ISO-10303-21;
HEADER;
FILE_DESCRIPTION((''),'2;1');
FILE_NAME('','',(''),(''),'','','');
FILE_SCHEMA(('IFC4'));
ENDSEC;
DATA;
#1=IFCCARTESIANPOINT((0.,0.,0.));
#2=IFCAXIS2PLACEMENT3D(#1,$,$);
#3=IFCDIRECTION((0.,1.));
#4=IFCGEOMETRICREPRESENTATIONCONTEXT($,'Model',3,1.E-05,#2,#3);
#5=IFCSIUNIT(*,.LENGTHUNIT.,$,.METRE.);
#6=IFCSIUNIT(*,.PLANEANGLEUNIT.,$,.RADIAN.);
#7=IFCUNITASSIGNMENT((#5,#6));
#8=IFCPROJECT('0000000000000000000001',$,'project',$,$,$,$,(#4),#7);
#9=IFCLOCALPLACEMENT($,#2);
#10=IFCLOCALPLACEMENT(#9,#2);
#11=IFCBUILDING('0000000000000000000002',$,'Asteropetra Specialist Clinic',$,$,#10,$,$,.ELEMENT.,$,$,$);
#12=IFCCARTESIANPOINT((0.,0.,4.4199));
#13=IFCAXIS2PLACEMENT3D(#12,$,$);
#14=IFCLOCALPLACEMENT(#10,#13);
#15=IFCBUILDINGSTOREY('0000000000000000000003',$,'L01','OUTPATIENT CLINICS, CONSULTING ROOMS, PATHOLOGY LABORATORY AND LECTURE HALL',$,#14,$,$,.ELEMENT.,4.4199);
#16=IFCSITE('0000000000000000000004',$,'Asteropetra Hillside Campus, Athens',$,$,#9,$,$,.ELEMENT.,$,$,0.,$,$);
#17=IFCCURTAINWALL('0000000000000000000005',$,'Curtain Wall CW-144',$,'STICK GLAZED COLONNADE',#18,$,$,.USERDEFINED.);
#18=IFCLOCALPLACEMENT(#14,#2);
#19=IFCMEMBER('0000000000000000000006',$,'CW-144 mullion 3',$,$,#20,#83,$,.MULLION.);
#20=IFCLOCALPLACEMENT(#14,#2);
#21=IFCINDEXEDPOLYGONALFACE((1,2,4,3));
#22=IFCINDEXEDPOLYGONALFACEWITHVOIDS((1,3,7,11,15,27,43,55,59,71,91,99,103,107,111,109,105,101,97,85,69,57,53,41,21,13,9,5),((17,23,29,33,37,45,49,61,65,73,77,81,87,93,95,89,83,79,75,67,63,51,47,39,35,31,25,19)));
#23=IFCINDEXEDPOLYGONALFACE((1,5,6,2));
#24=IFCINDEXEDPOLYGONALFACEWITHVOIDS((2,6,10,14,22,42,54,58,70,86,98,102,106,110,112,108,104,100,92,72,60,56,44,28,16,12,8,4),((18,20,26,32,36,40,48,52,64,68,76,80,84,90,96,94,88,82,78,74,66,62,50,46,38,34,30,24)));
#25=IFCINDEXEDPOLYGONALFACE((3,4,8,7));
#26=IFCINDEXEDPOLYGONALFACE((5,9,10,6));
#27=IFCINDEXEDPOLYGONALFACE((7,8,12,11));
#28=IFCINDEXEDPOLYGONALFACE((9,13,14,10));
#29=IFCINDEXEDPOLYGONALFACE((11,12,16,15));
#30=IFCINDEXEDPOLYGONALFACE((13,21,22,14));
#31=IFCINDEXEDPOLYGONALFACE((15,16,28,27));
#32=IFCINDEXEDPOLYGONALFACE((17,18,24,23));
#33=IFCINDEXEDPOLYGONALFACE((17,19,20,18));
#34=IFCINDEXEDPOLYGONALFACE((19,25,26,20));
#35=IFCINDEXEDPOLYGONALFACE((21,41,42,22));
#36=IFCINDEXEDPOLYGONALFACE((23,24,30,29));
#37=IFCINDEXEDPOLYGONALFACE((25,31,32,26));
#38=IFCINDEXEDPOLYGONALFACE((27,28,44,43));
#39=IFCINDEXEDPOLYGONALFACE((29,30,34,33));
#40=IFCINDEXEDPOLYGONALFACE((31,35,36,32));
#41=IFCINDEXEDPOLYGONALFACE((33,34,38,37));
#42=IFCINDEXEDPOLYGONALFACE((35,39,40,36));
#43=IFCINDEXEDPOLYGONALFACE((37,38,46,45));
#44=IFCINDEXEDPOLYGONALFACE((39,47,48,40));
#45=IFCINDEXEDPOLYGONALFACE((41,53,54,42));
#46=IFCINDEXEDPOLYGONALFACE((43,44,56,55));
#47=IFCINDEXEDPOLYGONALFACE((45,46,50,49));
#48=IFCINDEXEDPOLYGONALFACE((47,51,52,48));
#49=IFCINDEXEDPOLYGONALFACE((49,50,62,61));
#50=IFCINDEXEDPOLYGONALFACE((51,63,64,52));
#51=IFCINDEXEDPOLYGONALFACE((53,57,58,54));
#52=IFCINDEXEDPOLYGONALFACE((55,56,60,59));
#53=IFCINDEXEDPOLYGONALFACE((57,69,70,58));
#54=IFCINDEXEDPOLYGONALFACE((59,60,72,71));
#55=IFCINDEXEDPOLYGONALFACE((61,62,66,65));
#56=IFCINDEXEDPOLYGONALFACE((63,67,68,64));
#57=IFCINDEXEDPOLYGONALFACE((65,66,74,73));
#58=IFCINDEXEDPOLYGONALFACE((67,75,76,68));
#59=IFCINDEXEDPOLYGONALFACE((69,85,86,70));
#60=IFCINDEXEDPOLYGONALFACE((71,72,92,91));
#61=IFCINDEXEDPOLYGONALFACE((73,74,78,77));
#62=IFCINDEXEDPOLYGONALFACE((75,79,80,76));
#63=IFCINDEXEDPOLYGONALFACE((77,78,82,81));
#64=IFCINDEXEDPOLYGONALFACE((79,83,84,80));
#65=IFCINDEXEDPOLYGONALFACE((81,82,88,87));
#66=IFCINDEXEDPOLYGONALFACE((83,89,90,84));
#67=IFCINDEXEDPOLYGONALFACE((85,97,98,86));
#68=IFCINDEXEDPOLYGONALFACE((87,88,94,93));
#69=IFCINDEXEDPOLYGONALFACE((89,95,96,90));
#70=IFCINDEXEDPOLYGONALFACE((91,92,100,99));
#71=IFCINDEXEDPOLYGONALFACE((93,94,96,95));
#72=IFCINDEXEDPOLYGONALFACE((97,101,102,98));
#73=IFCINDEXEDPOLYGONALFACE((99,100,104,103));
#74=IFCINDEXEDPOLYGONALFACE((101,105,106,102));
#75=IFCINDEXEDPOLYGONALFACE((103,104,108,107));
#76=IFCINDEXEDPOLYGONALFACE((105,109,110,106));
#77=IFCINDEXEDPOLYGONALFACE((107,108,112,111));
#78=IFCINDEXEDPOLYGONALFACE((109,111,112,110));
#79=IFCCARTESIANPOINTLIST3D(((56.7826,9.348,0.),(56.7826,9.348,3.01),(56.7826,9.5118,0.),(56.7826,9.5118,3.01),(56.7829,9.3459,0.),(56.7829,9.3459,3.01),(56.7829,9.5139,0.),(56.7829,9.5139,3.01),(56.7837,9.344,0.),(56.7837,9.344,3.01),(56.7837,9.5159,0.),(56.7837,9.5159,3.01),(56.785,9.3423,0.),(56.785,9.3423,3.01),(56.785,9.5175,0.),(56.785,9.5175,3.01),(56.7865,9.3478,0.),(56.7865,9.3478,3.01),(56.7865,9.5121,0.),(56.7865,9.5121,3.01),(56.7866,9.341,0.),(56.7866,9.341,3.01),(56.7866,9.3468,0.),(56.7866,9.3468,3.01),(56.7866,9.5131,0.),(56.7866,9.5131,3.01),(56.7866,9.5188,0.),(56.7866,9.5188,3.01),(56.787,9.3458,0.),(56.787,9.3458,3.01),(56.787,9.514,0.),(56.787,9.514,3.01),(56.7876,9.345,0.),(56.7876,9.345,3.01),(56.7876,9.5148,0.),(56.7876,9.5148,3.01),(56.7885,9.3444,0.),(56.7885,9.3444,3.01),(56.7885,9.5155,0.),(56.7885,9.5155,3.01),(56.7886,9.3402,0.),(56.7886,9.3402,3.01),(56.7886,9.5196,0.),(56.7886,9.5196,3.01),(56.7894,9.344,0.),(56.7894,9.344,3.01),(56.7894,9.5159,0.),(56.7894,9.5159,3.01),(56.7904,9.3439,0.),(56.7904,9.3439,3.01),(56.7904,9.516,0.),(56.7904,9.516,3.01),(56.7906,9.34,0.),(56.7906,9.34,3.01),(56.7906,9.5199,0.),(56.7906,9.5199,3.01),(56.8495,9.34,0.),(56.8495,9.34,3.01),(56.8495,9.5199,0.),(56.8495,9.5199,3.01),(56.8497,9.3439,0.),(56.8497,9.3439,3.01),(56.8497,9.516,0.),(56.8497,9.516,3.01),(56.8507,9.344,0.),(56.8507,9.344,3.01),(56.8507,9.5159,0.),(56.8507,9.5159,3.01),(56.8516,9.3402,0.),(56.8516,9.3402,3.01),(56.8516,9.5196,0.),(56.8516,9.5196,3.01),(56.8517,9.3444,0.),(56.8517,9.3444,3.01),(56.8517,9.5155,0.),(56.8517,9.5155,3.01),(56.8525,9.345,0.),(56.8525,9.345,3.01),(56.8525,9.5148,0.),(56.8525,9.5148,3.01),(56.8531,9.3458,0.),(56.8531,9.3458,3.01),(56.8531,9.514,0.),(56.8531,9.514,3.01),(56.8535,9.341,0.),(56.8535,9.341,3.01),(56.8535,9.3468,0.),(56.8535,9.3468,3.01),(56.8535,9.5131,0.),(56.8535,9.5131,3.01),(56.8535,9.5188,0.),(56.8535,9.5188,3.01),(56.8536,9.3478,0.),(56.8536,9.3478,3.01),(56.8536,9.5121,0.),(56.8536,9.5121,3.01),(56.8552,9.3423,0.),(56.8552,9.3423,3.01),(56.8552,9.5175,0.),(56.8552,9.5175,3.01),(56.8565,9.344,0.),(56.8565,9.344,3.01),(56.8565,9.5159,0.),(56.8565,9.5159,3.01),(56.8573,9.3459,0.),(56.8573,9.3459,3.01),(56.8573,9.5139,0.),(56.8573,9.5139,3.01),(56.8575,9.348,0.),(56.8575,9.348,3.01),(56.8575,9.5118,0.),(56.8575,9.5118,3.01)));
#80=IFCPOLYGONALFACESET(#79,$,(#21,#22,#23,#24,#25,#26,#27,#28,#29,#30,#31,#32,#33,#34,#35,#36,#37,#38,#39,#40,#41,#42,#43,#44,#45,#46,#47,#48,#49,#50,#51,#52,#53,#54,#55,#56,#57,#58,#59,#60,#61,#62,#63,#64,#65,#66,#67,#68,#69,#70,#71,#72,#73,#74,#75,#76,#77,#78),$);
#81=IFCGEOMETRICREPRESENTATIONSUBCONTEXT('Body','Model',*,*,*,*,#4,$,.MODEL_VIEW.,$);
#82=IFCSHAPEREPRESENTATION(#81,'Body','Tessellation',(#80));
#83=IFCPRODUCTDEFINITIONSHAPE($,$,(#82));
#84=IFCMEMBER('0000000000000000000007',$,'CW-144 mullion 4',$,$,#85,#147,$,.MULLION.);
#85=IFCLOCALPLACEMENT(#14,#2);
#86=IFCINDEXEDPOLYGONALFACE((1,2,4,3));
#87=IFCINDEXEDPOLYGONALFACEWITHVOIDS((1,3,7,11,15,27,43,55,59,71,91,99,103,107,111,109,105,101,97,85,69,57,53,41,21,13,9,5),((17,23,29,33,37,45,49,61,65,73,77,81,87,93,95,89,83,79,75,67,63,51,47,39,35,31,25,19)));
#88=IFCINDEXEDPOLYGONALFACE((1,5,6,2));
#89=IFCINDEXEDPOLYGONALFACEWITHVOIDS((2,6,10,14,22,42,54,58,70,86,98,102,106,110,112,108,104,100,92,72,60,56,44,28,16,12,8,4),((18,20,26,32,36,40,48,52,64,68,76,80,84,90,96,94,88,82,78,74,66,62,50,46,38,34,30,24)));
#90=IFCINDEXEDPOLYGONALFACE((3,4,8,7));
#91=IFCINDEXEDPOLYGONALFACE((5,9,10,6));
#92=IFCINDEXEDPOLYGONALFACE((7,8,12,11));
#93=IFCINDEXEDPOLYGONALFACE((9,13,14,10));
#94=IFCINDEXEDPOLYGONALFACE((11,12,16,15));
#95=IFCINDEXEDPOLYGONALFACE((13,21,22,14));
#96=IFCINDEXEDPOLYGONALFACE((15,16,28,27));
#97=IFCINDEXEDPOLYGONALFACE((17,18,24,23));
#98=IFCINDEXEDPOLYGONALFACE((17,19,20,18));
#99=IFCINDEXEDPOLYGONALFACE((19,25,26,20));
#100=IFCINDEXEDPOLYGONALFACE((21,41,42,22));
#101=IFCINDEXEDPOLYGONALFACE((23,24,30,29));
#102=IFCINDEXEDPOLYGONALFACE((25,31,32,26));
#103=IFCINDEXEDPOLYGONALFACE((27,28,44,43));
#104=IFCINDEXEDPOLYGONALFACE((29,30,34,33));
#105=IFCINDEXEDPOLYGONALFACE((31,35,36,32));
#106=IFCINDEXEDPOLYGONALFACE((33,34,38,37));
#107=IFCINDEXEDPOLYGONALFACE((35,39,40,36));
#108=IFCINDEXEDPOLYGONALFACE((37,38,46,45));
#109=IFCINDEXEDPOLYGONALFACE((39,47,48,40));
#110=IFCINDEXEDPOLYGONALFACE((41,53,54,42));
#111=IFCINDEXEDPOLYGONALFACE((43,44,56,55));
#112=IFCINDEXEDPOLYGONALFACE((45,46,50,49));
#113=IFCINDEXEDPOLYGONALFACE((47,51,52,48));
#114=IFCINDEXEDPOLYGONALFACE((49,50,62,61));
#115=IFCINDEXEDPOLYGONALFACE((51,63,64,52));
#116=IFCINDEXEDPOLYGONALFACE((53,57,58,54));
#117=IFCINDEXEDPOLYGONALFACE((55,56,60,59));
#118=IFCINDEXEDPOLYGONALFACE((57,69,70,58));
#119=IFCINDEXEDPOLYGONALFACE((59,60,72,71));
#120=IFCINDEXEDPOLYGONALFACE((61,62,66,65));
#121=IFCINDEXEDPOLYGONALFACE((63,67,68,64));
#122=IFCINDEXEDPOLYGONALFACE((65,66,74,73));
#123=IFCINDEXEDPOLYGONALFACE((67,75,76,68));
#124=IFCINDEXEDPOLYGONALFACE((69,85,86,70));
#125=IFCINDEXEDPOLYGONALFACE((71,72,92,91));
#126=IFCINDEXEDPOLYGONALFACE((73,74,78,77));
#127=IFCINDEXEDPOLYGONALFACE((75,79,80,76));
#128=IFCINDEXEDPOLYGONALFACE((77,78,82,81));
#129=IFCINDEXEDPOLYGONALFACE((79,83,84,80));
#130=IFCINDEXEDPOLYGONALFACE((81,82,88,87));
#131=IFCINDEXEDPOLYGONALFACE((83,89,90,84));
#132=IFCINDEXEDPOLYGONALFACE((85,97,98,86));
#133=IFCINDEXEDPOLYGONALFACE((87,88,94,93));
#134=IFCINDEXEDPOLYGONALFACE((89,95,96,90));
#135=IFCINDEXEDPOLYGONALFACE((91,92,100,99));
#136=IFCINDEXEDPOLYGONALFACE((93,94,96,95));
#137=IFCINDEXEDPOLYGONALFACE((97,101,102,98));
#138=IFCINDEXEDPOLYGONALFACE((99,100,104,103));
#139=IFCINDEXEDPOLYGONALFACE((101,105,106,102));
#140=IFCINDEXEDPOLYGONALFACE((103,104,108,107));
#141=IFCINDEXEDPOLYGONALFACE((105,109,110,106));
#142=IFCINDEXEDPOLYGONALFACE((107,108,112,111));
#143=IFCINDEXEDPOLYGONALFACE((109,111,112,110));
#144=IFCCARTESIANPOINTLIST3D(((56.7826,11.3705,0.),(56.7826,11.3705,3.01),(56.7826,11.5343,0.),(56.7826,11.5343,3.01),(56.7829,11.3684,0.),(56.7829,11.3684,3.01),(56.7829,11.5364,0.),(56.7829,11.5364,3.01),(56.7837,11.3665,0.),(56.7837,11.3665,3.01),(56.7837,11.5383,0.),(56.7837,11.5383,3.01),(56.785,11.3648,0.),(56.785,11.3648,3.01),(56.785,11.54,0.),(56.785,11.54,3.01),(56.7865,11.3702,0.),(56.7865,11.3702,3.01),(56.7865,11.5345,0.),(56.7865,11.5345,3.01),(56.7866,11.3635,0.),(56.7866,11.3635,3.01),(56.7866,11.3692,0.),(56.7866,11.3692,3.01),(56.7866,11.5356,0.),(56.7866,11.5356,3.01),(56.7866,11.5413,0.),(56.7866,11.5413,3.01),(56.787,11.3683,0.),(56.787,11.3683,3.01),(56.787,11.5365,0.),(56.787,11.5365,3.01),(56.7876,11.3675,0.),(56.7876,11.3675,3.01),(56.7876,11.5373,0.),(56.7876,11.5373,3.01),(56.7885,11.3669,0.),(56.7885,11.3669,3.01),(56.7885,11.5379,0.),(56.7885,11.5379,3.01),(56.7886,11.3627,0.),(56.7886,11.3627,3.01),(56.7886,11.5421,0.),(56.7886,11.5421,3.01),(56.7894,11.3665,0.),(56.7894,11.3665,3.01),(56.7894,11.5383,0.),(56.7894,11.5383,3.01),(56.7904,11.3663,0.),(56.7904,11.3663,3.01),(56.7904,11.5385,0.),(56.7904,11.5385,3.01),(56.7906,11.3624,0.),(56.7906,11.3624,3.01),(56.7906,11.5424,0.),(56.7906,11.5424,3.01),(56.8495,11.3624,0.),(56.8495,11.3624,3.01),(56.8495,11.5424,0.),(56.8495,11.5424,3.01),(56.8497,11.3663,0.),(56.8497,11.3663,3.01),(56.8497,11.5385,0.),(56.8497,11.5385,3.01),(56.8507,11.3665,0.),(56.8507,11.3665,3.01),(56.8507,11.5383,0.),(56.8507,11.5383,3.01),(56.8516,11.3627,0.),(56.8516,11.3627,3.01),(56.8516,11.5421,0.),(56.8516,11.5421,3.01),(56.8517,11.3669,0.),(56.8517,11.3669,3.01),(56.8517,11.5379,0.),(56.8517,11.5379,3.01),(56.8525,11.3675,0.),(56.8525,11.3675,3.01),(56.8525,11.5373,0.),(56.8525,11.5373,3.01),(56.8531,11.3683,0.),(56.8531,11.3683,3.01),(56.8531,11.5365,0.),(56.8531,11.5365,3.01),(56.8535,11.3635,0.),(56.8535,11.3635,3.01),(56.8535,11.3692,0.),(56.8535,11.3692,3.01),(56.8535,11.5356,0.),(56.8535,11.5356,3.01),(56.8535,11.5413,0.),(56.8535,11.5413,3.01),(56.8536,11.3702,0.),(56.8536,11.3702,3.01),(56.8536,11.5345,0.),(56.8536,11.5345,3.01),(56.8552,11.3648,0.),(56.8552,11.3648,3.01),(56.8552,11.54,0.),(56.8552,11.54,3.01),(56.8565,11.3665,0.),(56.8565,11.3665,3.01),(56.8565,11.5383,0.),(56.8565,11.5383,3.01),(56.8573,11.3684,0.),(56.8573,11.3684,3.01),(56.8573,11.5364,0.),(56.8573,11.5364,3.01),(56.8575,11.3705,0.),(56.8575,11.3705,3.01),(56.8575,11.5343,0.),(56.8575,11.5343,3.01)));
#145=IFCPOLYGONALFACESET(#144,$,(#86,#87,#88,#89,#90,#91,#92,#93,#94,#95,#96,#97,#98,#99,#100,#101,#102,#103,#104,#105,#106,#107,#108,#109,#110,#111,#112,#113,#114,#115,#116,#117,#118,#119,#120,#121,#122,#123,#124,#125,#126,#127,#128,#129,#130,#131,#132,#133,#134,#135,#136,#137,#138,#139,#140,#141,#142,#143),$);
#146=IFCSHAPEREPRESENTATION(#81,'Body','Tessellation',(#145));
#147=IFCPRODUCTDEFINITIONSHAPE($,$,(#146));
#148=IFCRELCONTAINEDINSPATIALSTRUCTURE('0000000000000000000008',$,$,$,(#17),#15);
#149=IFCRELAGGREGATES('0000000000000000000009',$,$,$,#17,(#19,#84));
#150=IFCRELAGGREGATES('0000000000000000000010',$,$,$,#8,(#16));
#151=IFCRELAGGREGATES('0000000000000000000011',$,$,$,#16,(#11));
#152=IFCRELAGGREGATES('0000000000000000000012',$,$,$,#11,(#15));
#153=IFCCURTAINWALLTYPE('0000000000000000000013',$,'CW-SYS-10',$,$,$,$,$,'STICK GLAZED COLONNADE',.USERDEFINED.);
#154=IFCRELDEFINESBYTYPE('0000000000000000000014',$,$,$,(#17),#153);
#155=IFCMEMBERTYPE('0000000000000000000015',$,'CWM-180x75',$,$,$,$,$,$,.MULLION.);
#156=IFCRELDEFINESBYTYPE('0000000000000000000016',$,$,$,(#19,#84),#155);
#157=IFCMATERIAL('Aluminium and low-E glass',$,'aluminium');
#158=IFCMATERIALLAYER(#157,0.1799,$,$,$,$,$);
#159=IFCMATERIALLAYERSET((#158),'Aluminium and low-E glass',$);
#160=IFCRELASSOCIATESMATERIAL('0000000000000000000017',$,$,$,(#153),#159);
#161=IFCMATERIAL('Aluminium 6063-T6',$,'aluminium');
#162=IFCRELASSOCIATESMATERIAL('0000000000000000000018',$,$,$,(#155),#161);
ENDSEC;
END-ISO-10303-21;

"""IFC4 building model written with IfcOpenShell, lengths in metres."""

from ifc_helpers import new_model, si_unit, direction, frame, origin, origin_2d, place, context, subcontext, project, spatial, hollow_rectangle, extrude, material, layer, layer_set, material_profile, profile_set, type_object, element, aggregate, save


model = new_model("IFC4")

# Units and contexts
model_context = context("Model", 3, precision=1e-05, world=origin(), true_north=direction((0.0, 1.0)))
body_context = subcontext(model_context, "Body", "Model", "MODEL_VIEW")
ifc_project = project(units=[si_unit("LENGTHUNIT", "METRE"), si_unit("PLANEANGLEUNIT", "RADIAN")], contexts=[model_context])

# Site, building, storey
site_placement = place(None, origin())
site = spatial("IfcSite", under=ifc_project, at=site_placement, Name="Asteropetra Hillside Campus, Athens", CompositionType="ELEMENT", RefElevation=0.0)
building_placement = place(site_placement, origin())
building = spatial("IfcBuilding", under=site, at=building_placement, Name="Asteropetra Specialist Clinic", CompositionType="ELEMENT")
storey_placement = place(building_placement, frame((0.0, 0.0, 4.4199)))
storey = spatial("IfcBuildingStorey", under=building, at=storey_placement, Name="L01", Description="OUTPATIENT CLINICS, CONSULTING ROOMS, PATHOLOGY LABORATORY AND LECTURE HALL", CompositionType="ELEMENT", Elevation=4.4199)

# Shared definitions
ifc_material_1 = material(Name="Aluminium and low-E glass", Category="aluminium")
ifc_layer_1 = layer(ifc_material_1, 0.1799)
ifc_layer_set_1 = layer_set([ifc_layer_1], Name="Aluminium and low-E glass")
curtain_wall_type = type_object("IfcCurtainWallType", Name="CW-SYS-10", ElementType="STICK GLAZED COLONNADE", PredefinedType="USERDEFINED", material=ifc_layer_set_1)

# Curtain wall, members
curtain_wall_1_placement = place(storey_placement, origin())
curtain_wall_1 = element("IfcCurtainWall", 1, at=curtain_wall_1_placement, inside=storey, type_object=curtain_wall_type, Name="Curtain Wall CW-144", ObjectType="STICK GLAZED COLONNADE", PredefinedType="USERDEFINED")
ifc_material_2 = material(Name="Aluminium 6063-T6", Category="aluminium")
ifc_material_profile_1 = material_profile(ifc_material_2, hollow_rectangle(XDim=0.075, YDim=0.1799, WallThickness=0.0039, InnerFilletRadius=0.0039, OuterFilletRadius=0.0081, at=origin_2d()), Name="MUL 180x75x4.0")
ifc_profile_set_1 = profile_set([ifc_material_profile_1], Name="Aluminium 6063-T6")
member_type_1 = type_object("IfcMemberType", Name="CWM-180x75", PredefinedType="MULLION", material=ifc_profile_set_1)
member_1_placement = place(storey_placement, frame((56.8201, 9.4299, 0.0), z_axis=(0.0, 0.0, 1.0), x_axis=(-1.0, 0.0, 0.0)))
member_1 = element("IfcMember", 2, at=member_1_placement, type_object=member_type_1, Name="CW-144 mullion 3", PredefinedType="MULLION", context=body_context, shape_type="SweptSolid", body=[
    extrude(hollow_rectangle(XDim=0.075, YDim=0.1799, WallThickness=0.0039, InnerFilletRadius=0.0039, OuterFilletRadius=0.0081, at=origin_2d()), origin(), (0.0, 0.0, 1.0), 3.01),
])
member_2_placement = place(storey_placement, frame((56.8201, 11.4524, 0.0), z_axis=(0.0, 0.0, 1.0), x_axis=(-1.0, 0.0, 0.0)))
member_2 = element("IfcMember", 3, at=member_2_placement, type_object=member_type_1, Name="CW-144 mullion 4", PredefinedType="MULLION", context=body_context, shape_type="SweptSolid", body=[
    extrude(hollow_rectangle(XDim=0.075, YDim=0.1799, WallThickness=0.0039, InnerFilletRadius=0.0039, OuterFilletRadius=0.0081, at=origin_2d()), origin(), (0.0, 0.0, 1.0), 3.01),
])

aggregate(curtain_wall_1, [member_1, member_2])

save(model, "model.ifc")
